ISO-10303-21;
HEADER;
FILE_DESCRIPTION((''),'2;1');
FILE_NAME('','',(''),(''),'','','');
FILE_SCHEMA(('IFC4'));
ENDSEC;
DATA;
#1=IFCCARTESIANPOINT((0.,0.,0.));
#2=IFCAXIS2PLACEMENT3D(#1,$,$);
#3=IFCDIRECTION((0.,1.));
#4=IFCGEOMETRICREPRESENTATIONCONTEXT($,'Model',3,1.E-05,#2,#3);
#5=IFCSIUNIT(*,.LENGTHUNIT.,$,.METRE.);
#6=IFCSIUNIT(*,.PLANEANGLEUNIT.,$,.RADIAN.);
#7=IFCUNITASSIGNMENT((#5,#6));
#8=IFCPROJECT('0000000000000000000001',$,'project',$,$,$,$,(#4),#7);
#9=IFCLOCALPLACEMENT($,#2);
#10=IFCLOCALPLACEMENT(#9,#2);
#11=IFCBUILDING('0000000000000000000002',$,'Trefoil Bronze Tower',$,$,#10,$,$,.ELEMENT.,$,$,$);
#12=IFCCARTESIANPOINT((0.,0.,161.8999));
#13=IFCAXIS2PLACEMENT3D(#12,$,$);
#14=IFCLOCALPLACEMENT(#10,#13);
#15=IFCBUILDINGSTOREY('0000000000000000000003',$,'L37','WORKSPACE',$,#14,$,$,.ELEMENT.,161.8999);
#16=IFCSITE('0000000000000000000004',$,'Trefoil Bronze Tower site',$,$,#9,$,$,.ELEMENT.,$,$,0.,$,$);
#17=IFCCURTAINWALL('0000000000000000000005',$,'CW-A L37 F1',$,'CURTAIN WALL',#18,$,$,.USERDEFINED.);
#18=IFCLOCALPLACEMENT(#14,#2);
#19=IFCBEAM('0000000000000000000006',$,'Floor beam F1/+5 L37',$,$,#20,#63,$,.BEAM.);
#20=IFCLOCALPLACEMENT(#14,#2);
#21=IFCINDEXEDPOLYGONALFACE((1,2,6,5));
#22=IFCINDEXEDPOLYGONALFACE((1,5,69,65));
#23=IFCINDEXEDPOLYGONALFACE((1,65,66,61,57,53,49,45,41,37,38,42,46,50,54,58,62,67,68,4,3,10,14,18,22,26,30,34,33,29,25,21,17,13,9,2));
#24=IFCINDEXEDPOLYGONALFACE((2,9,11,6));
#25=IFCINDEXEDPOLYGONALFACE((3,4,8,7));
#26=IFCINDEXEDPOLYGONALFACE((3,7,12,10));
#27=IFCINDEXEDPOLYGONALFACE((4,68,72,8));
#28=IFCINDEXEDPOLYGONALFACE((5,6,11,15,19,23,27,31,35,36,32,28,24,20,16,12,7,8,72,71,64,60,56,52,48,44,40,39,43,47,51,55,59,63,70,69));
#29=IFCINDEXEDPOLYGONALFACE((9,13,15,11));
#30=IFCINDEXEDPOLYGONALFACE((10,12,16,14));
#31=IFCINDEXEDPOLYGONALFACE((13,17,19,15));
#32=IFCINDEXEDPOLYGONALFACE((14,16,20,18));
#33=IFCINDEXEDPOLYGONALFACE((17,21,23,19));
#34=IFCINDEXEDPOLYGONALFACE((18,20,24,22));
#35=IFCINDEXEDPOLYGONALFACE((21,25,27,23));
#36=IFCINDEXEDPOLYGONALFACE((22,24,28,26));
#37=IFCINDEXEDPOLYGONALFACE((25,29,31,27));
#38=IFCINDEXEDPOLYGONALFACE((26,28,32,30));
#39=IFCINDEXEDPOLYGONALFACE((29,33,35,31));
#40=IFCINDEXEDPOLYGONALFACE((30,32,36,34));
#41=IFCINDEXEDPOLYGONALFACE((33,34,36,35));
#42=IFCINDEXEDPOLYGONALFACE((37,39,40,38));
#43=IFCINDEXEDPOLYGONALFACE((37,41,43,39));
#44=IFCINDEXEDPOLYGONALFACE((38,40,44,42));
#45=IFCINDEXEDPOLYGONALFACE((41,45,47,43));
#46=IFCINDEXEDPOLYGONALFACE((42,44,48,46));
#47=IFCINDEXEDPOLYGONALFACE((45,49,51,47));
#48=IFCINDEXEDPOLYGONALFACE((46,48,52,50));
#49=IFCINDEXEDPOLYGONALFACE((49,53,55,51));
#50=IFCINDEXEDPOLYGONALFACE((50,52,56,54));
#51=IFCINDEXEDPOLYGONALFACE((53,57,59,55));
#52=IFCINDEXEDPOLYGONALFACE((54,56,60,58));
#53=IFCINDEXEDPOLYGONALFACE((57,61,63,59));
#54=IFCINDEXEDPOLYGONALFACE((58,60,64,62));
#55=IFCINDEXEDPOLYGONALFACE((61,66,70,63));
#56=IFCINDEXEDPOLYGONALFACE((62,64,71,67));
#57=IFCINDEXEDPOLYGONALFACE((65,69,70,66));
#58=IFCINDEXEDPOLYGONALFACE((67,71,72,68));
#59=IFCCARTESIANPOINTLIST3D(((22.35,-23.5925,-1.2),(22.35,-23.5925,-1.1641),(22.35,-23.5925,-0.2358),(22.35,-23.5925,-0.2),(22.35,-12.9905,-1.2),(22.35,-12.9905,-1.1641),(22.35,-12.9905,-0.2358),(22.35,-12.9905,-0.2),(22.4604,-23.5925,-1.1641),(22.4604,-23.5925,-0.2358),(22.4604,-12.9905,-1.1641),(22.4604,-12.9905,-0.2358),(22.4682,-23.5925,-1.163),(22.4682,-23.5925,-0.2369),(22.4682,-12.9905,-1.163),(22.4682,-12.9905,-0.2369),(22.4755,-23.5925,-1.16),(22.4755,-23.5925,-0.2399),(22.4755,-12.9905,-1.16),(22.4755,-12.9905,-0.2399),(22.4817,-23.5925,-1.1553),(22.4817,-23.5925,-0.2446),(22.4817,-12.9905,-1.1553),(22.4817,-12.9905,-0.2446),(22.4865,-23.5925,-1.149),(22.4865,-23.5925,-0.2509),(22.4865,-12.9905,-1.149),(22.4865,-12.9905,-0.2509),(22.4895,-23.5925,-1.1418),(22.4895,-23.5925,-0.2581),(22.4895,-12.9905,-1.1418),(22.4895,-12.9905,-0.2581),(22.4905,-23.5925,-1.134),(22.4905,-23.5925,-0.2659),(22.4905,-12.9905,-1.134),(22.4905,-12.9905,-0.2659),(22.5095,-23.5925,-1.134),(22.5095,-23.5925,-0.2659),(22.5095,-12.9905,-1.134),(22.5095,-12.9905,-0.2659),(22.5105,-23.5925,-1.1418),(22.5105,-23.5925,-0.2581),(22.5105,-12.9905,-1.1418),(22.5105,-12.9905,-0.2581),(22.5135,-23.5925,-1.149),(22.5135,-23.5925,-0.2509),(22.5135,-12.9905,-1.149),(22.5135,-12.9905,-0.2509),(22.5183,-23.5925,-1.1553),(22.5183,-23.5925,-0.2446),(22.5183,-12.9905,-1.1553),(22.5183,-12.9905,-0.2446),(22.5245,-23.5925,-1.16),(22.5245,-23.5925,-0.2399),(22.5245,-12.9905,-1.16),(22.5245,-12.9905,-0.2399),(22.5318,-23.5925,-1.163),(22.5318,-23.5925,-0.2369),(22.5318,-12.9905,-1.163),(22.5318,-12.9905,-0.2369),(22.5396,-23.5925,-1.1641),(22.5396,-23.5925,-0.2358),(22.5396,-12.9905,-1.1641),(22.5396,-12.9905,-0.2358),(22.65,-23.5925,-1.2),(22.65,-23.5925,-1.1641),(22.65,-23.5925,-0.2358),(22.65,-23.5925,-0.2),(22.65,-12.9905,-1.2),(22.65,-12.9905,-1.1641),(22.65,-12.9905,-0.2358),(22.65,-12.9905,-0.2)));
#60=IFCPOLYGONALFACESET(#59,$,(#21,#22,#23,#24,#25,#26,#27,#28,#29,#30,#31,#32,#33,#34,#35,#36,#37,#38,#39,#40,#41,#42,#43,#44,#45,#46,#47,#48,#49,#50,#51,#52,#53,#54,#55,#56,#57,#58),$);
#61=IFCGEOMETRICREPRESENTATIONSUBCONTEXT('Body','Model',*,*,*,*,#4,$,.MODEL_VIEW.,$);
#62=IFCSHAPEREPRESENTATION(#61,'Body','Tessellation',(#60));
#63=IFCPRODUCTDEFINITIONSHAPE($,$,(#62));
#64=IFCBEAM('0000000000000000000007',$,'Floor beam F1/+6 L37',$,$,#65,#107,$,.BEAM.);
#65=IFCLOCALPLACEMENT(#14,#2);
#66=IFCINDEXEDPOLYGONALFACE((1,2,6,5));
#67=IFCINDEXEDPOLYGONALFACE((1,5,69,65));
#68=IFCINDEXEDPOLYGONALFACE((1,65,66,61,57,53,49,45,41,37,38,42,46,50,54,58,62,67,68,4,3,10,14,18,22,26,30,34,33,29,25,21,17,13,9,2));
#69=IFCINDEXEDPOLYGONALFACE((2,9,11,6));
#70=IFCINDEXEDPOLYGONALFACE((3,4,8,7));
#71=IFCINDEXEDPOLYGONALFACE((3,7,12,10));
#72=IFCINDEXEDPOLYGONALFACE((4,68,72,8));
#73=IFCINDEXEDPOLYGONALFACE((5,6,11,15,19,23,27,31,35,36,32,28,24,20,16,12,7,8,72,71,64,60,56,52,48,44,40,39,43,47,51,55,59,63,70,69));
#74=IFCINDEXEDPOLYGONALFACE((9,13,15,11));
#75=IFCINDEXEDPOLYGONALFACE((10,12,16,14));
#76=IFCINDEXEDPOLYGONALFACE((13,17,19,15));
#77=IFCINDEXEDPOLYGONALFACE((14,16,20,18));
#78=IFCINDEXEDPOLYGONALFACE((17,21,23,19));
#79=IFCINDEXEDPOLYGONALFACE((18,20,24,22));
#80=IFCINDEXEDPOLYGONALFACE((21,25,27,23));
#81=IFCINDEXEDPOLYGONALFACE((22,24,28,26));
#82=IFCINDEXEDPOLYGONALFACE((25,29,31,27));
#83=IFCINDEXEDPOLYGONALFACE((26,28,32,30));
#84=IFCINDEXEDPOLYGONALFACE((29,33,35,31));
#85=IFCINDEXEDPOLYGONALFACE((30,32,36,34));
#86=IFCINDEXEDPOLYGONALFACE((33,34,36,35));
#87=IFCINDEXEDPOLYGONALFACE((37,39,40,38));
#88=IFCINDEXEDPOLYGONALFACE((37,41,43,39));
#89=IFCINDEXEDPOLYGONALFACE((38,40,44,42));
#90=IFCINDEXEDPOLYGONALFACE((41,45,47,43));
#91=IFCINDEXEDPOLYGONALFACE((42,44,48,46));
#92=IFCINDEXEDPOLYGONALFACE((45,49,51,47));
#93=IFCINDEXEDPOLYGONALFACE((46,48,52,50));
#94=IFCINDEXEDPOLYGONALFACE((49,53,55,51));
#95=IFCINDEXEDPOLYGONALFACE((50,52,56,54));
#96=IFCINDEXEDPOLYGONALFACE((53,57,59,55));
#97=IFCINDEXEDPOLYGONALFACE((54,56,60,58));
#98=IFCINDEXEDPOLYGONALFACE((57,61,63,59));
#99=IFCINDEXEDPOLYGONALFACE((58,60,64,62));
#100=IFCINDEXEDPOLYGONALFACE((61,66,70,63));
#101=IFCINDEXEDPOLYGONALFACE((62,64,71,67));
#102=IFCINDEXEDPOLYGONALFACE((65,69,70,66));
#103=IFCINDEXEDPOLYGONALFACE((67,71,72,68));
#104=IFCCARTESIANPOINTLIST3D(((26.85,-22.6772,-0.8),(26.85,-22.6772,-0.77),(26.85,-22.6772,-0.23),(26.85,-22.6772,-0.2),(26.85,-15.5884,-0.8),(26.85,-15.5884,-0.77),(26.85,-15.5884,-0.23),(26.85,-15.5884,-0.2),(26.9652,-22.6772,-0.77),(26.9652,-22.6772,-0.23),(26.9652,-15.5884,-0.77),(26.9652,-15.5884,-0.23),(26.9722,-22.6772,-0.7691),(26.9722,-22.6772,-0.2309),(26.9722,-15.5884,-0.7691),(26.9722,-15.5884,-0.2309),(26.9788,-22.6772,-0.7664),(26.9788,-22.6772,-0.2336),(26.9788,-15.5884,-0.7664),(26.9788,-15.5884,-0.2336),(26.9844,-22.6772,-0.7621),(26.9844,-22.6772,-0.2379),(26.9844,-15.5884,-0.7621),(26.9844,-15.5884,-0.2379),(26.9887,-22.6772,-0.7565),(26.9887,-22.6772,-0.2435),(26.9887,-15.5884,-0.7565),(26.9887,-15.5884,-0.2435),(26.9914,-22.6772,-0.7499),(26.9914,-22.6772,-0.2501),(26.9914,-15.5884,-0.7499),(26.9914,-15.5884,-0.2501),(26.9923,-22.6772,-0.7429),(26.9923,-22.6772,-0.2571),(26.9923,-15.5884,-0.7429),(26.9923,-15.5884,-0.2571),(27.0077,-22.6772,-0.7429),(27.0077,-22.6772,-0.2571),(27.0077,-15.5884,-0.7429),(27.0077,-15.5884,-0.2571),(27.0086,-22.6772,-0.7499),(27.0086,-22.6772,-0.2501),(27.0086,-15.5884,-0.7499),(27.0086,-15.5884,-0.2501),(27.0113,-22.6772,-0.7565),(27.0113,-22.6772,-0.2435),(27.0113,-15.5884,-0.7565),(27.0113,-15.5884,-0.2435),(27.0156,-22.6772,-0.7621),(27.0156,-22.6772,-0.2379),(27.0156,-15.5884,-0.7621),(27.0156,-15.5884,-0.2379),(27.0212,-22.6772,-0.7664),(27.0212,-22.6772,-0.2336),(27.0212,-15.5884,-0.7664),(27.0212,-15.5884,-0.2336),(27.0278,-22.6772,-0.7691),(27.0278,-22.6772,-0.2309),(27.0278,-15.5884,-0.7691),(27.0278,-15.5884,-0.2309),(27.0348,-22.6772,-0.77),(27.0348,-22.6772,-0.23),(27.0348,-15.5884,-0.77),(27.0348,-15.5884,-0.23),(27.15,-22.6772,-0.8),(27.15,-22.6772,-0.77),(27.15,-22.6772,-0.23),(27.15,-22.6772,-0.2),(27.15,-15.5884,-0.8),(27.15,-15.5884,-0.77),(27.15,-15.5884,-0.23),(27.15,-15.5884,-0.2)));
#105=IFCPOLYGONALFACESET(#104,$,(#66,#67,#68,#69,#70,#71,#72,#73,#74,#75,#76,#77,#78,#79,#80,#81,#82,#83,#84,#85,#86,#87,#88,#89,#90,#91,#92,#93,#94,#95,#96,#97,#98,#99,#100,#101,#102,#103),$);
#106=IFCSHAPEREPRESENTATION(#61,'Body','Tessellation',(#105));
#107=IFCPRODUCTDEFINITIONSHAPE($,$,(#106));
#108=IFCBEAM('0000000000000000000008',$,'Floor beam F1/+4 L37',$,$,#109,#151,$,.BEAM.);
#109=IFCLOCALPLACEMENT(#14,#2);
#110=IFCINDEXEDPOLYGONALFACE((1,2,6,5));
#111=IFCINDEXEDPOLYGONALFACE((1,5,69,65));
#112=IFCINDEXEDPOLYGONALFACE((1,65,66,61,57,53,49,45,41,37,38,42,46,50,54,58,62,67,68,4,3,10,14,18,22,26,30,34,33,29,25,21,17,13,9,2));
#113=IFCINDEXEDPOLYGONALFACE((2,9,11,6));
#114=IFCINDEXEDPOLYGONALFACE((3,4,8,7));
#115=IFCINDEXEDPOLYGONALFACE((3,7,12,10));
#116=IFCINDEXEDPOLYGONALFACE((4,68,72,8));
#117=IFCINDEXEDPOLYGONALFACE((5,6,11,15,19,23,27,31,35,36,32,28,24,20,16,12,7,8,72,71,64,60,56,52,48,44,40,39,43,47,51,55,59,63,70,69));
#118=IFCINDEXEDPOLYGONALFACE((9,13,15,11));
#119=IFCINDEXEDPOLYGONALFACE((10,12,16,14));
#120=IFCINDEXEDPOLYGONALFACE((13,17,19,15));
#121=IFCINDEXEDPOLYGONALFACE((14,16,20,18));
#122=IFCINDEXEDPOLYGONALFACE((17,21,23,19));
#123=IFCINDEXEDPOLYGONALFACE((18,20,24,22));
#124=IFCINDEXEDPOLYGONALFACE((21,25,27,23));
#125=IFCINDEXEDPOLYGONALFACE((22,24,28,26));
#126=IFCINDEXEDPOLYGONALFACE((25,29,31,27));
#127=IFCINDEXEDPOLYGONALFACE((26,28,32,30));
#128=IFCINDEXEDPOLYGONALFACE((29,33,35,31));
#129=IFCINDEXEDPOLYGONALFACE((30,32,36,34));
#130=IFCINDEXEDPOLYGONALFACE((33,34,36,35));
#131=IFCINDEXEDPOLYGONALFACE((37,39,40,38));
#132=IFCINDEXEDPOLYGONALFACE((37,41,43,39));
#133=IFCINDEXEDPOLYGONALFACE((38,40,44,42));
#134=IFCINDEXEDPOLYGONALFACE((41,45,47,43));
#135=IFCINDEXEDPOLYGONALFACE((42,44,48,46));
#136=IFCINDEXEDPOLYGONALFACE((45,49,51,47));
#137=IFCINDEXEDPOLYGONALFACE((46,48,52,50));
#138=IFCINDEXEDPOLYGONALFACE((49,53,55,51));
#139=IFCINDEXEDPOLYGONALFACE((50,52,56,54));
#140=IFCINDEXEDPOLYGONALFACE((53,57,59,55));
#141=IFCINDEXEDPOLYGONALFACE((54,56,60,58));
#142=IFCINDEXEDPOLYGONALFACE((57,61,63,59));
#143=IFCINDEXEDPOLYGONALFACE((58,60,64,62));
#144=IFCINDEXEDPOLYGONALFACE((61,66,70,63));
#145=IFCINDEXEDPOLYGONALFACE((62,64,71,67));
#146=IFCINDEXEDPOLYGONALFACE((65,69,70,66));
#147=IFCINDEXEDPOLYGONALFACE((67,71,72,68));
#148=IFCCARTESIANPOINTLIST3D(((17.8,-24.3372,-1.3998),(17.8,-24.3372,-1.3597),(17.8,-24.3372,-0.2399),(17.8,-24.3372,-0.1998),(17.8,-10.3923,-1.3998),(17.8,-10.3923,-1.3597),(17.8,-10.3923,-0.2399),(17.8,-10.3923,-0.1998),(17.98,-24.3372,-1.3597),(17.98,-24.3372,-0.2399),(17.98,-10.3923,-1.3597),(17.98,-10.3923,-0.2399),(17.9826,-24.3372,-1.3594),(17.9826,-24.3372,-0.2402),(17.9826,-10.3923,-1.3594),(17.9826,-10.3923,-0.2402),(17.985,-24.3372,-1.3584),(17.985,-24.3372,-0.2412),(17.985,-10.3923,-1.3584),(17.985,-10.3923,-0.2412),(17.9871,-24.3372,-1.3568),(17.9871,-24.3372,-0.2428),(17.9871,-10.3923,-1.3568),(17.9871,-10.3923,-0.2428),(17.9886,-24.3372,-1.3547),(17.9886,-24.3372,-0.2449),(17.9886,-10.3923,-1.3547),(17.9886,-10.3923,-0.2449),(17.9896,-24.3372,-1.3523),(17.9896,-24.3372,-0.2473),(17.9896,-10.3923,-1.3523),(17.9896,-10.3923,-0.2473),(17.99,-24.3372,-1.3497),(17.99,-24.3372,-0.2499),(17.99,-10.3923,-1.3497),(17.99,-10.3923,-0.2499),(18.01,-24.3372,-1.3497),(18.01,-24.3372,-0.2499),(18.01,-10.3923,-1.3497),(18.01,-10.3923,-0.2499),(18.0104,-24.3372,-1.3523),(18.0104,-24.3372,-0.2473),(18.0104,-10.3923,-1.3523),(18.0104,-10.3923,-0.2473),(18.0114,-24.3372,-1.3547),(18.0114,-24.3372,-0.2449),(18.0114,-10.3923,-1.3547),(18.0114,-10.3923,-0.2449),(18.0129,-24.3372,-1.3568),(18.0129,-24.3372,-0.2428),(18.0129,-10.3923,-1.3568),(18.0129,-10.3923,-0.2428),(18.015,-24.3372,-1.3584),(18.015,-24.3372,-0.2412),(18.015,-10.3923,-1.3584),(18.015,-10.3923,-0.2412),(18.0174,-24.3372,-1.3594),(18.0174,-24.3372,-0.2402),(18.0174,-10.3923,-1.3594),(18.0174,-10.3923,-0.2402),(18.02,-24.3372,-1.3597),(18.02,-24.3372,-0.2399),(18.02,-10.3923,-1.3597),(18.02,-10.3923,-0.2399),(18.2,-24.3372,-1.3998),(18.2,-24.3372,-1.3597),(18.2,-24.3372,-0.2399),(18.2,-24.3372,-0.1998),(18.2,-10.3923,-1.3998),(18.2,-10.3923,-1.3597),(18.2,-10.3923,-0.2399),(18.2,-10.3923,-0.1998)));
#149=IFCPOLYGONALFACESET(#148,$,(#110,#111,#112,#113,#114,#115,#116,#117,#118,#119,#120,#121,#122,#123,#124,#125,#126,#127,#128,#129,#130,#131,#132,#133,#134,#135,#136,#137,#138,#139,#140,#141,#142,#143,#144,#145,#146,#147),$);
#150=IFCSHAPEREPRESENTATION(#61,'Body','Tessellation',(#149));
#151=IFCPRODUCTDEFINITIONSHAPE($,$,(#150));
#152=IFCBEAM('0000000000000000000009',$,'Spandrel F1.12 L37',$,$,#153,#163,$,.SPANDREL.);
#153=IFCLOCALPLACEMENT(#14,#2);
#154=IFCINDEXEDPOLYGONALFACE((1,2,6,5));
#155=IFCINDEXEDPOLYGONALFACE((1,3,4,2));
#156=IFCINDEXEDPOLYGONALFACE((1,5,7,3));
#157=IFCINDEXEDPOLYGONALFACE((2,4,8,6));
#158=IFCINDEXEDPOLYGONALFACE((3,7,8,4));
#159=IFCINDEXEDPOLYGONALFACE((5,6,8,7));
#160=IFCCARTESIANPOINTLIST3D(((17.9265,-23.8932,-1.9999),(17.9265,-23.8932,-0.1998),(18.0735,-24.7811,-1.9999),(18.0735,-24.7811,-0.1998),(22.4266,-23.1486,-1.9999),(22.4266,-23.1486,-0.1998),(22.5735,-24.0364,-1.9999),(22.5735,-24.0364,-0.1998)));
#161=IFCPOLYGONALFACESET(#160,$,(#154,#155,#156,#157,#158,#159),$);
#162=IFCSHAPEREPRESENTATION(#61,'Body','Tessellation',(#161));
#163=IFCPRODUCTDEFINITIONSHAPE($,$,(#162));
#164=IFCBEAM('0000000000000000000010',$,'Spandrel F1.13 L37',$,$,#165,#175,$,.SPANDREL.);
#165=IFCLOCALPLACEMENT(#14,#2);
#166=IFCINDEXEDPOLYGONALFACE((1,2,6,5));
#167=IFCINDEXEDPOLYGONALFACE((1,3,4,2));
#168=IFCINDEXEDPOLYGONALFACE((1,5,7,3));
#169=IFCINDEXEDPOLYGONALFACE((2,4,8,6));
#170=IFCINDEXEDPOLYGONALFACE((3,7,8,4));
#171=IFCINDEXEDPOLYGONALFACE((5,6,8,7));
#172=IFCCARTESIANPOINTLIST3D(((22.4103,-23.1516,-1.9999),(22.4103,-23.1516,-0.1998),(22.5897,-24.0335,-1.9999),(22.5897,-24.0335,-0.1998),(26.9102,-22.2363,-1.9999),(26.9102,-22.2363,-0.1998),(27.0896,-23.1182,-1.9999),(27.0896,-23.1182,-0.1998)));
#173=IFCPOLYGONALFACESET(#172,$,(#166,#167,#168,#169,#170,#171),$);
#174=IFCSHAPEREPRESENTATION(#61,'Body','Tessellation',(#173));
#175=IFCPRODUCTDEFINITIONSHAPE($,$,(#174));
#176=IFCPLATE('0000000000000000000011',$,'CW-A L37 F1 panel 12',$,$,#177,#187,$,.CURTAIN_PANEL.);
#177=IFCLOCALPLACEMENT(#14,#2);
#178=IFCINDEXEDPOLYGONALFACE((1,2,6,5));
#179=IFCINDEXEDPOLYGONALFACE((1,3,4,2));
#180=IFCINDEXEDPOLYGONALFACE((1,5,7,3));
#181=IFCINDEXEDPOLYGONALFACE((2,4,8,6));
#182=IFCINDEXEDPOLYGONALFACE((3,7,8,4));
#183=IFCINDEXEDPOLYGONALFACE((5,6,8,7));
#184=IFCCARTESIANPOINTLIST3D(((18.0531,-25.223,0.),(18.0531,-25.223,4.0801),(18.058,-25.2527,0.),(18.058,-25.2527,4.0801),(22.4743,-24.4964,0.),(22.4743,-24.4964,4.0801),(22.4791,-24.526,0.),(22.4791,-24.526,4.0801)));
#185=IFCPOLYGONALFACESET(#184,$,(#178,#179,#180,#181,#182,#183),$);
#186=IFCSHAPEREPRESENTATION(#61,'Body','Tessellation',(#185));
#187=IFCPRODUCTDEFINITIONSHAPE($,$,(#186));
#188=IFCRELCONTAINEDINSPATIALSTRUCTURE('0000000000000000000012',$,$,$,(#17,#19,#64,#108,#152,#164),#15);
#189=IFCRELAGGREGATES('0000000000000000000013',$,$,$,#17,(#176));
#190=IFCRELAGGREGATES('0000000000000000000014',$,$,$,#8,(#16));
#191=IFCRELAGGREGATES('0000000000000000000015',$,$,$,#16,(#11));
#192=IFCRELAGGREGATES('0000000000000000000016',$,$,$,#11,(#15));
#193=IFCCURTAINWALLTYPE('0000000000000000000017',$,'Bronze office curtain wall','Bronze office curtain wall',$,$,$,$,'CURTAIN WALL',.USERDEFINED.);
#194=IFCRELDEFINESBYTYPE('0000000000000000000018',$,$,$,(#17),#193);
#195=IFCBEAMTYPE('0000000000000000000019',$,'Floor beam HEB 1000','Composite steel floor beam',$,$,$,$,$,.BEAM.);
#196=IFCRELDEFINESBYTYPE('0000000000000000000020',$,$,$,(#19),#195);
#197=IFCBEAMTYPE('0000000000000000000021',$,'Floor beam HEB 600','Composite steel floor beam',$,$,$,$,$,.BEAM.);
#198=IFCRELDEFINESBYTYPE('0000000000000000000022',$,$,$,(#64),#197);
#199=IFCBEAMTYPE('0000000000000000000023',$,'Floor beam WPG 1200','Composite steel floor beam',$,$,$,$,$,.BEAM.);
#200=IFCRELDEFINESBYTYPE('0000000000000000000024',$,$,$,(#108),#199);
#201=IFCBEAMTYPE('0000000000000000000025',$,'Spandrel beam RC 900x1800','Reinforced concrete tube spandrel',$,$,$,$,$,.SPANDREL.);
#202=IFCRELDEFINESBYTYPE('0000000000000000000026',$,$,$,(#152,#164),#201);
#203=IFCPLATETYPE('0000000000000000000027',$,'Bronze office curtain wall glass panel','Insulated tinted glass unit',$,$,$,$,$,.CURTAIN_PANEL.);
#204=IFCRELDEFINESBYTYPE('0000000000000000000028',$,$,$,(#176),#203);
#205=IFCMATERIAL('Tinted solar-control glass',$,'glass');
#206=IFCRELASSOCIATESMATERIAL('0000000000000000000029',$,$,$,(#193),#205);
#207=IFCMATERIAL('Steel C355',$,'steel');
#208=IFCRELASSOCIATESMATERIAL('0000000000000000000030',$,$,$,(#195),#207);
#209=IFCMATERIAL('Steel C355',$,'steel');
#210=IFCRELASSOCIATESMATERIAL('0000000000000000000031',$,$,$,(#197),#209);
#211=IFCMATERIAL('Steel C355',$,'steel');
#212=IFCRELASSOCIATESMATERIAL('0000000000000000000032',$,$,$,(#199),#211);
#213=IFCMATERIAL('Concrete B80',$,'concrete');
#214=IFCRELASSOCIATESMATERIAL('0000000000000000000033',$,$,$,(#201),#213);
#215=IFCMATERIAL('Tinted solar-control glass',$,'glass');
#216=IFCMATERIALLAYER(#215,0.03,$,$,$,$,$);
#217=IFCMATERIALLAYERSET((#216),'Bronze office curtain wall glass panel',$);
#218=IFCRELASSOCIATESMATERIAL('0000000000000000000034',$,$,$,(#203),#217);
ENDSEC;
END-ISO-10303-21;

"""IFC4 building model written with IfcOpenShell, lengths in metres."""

from ifc_helpers import new_model, si_unit, direction, frame, origin, origin_2d, place, context, subcontext, project, spatial, rectangle, i_section, extrude, material, layer, layer_set, material_profile, profile_set, type_object, element, aggregate, save


model = new_model("IFC4")

# Units and contexts
model_context = context("Model", 3, precision=1e-05, world=origin(), true_north=direction((0.0, 1.0)))
body_context = subcontext(model_context, "Body", "Model", "MODEL_VIEW")
ifc_project = project(units=[si_unit("LENGTHUNIT", "METRE"), si_unit("PLANEANGLEUNIT", "RADIAN")], contexts=[model_context])

# Site, building, storey
site_placement = place(None, origin())
site = spatial("IfcSite", under=ifc_project, at=site_placement, Name="Trefoil Bronze Tower site", CompositionType="ELEMENT", RefElevation=0.0)
building_placement = place(site_placement, origin())
building = spatial("IfcBuilding", under=site, at=building_placement, Name="Trefoil Bronze Tower", CompositionType="ELEMENT")
storey_placement = place(building_placement, frame((0.0, 0.0, 161.8999)))
storey = spatial("IfcBuildingStorey", under=building, at=storey_placement, Name="L37", Description="WORKSPACE", CompositionType="ELEMENT", Elevation=161.8999)

# Curtain wall
ifc_material_1 = material(Name="Tinted solar-control glass", Category="glass")
curtain_wall_type_1 = type_object("IfcCurtainWallType", Name="Bronze office curtain wall", Description="Bronze office curtain wall", ElementType="CURTAIN WALL", PredefinedType="USERDEFINED", material=ifc_material_1)
curtain_wall_1_placement = place(storey_placement, origin())
curtain_wall_1 = element("IfcCurtainWall", 1, at=curtain_wall_1_placement, inside=storey, type_object=curtain_wall_type_1, Name="CW-A L37 F1", ObjectType="CURTAIN WALL", PredefinedType="USERDEFINED")

# Beams
ifc_material_2 = material(Name="Steel C355", Category="steel")
ifc_material_profile_1 = material_profile(ifc_material_2, i_section(OverallWidth=0.3, OverallDepth=1.0, WebThickness=0.019, FlangeThickness=0.0359, FilletRadius=0.03, at=origin_2d()), Name="HEB 1000")
ifc_profile_set_1 = profile_set([ifc_material_profile_1], Name="Steel C355")
beam_type_1 = type_object("IfcBeamType", Name="Floor beam HEB 1000", Description="Composite steel floor beam", PredefinedType="BEAM", material=ifc_profile_set_1)
beam_1_placement = place(storey_placement, frame((22.5, -23.5925, -0.7), z_axis=(0.0, 1.0, 0.0), x_axis=(-1.0, 0.0, 0.0)))
element("IfcBeam", 2, at=beam_1_placement, inside=storey, type_object=beam_type_1, Name="Floor beam F1/+5 L37", PredefinedType="BEAM", context=body_context, shape_type="SweptSolid", body=[
    extrude(i_section(OverallWidth=0.3, OverallDepth=1.0, WebThickness=0.019, FlangeThickness=0.0359, FilletRadius=0.03, at=origin_2d()), origin(), (0.0, 0.0, 1.0), 10.6021),
])
ifc_material_3 = material(Name="Steel C355", Category="steel")
ifc_material_profile_2 = material_profile(ifc_material_3, i_section(OverallWidth=0.3, OverallDepth=0.6001, WebThickness=0.0154, FlangeThickness=0.03, FilletRadius=0.0271, at=origin_2d()), Name="HEB 600")
ifc_profile_set_2 = profile_set([ifc_material_profile_2], Name="Steel C355")
beam_type_2 = type_object("IfcBeamType", Name="Floor beam HEB 600", Description="Composite steel floor beam", PredefinedType="BEAM", material=ifc_profile_set_2)
beam_2_placement = place(storey_placement, frame((27.0, -22.6772, -0.5), z_axis=(0.0, 1.0, 0.0), x_axis=(-1.0, 0.0, 0.0)))
element("IfcBeam", 3, at=beam_2_placement, inside=storey, type_object=beam_type_2, Name="Floor beam F1/+6 L37", PredefinedType="BEAM", context=body_context, shape_type="SweptSolid", body=[
    extrude(i_section(OverallWidth=0.3, OverallDepth=0.6001, WebThickness=0.0154, FlangeThickness=0.03, FilletRadius=0.0271, at=origin_2d()), origin(), (0.0, 0.0, 1.0), 7.0889),
])
ifc_material_4 = material(Name="Steel C355", Category="steel")
ifc_material_profile_3 = material_profile(ifc_material_4, i_section(OverallWidth=0.3999, OverallDepth=1.2, WebThickness=0.02, FlangeThickness=0.04, FilletRadius=0.01, at=origin_2d()), Name="WPG 1200")
ifc_profile_set_3 = profile_set([ifc_material_profile_3], Name="Steel C355")
beam_type_3 = type_object("IfcBeamType", Name="Floor beam WPG 1200", Description="Composite steel floor beam", PredefinedType="BEAM", material=ifc_profile_set_3)
beam_3_placement = place(storey_placement, frame((18.0, -24.3372, -0.7998), z_axis=(0.0, 1.0, 0.0), x_axis=(-1.0, 0.0, 0.0)))
element("IfcBeam", 4, at=beam_3_placement, inside=storey, type_object=beam_type_3, Name="Floor beam F1/+4 L37", PredefinedType="BEAM", context=body_context, shape_type="SweptSolid", body=[
    extrude(i_section(OverallWidth=0.3999, OverallDepth=1.2, WebThickness=0.02, FlangeThickness=0.04, FilletRadius=0.01, at=origin_2d()), origin(), (0.0, 0.0, 1.0), 13.9448),
])
ifc_material_5 = material(Name="Concrete B80", Category="concrete")
ifc_material_profile_4 = material_profile(ifc_material_5, rectangle(XDim=0.8999, YDim=1.8, at=origin_2d()), Name="RC 900x1800")
ifc_profile_set_4 = profile_set([ifc_material_profile_4], Name="Concrete B80")
beam_type_4 = type_object("IfcBeamType", Name="Spandrel beam RC 900x1800", Description="Reinforced concrete tube spandrel", PredefinedType="SPANDREL", material=ifc_profile_set_4)
beam_4_placement = place(storey_placement, frame((18.0, -24.3372, -1.0999), z_axis=(0.986584, 0.163253, 0.0), x_axis=(-0.163253, 0.986584, 0.0)))
element("IfcBeam", 5, at=beam_4_placement, inside=storey, type_object=beam_type_4, Name="Spandrel F1.12 L37", PredefinedType="SPANDREL", context=body_context, shape_type="SweptSolid", body=[
    extrude(rectangle(XDim=0.8999, YDim=1.8, at=origin_2d()), origin(), (0.0, 0.0, 1.0), 4.5613),
])
beam_5_placement = place(storey_placement, frame((22.5, -23.5925, -1.0999), z_axis=(0.979935, 0.199315, 0.0), x_axis=(-0.199315, 0.979935, 0.0)))
element("IfcBeam", 6, at=beam_5_placement, inside=storey, type_object=beam_type_4, Name="Spandrel F1.13 L37", PredefinedType="SPANDREL", context=body_context, shape_type="SweptSolid", body=[
    extrude(rectangle(XDim=0.8999, YDim=1.8, at=origin_2d()), origin(), (0.0, 0.0, 1.0), 4.592),
])

# Plate
ifc_material_6 = material(Name="Tinted solar-control glass", Category="glass")
ifc_layer_1 = layer(ifc_material_6, 0.03)
ifc_layer_set_1 = layer_set([ifc_layer_1], Name="Bronze office curtain wall glass panel")
plate_type_1 = type_object("IfcPlateType", Name="Bronze office curtain wall glass panel", Description="Insulated tinted glass unit", PredefinedType="CURTAIN_PANEL", material=ifc_layer_set_1)
plate_1_placement = place(storey_placement, frame((20.2661, -24.8745, 0.0), z_axis=(0.0, 0.0, 1.0), x_axis=(0.98676, 0.162189, 0.0)))
plate_1 = element("IfcPlate", 7, at=plate_1_placement, type_object=plate_type_1, Name="CW-A L37 F1 panel 12", PredefinedType="CURTAIN_PANEL", context=body_context, shape_type="SweptSolid", body=[
    extrude(rectangle(XDim=4.4805, YDim=0.03, at=origin_2d()), origin(), (0.0, 0.0, 1.0), 4.0801),
])
aggregate(curtain_wall_1, [plate_1])

save(model, "model.ifc")
